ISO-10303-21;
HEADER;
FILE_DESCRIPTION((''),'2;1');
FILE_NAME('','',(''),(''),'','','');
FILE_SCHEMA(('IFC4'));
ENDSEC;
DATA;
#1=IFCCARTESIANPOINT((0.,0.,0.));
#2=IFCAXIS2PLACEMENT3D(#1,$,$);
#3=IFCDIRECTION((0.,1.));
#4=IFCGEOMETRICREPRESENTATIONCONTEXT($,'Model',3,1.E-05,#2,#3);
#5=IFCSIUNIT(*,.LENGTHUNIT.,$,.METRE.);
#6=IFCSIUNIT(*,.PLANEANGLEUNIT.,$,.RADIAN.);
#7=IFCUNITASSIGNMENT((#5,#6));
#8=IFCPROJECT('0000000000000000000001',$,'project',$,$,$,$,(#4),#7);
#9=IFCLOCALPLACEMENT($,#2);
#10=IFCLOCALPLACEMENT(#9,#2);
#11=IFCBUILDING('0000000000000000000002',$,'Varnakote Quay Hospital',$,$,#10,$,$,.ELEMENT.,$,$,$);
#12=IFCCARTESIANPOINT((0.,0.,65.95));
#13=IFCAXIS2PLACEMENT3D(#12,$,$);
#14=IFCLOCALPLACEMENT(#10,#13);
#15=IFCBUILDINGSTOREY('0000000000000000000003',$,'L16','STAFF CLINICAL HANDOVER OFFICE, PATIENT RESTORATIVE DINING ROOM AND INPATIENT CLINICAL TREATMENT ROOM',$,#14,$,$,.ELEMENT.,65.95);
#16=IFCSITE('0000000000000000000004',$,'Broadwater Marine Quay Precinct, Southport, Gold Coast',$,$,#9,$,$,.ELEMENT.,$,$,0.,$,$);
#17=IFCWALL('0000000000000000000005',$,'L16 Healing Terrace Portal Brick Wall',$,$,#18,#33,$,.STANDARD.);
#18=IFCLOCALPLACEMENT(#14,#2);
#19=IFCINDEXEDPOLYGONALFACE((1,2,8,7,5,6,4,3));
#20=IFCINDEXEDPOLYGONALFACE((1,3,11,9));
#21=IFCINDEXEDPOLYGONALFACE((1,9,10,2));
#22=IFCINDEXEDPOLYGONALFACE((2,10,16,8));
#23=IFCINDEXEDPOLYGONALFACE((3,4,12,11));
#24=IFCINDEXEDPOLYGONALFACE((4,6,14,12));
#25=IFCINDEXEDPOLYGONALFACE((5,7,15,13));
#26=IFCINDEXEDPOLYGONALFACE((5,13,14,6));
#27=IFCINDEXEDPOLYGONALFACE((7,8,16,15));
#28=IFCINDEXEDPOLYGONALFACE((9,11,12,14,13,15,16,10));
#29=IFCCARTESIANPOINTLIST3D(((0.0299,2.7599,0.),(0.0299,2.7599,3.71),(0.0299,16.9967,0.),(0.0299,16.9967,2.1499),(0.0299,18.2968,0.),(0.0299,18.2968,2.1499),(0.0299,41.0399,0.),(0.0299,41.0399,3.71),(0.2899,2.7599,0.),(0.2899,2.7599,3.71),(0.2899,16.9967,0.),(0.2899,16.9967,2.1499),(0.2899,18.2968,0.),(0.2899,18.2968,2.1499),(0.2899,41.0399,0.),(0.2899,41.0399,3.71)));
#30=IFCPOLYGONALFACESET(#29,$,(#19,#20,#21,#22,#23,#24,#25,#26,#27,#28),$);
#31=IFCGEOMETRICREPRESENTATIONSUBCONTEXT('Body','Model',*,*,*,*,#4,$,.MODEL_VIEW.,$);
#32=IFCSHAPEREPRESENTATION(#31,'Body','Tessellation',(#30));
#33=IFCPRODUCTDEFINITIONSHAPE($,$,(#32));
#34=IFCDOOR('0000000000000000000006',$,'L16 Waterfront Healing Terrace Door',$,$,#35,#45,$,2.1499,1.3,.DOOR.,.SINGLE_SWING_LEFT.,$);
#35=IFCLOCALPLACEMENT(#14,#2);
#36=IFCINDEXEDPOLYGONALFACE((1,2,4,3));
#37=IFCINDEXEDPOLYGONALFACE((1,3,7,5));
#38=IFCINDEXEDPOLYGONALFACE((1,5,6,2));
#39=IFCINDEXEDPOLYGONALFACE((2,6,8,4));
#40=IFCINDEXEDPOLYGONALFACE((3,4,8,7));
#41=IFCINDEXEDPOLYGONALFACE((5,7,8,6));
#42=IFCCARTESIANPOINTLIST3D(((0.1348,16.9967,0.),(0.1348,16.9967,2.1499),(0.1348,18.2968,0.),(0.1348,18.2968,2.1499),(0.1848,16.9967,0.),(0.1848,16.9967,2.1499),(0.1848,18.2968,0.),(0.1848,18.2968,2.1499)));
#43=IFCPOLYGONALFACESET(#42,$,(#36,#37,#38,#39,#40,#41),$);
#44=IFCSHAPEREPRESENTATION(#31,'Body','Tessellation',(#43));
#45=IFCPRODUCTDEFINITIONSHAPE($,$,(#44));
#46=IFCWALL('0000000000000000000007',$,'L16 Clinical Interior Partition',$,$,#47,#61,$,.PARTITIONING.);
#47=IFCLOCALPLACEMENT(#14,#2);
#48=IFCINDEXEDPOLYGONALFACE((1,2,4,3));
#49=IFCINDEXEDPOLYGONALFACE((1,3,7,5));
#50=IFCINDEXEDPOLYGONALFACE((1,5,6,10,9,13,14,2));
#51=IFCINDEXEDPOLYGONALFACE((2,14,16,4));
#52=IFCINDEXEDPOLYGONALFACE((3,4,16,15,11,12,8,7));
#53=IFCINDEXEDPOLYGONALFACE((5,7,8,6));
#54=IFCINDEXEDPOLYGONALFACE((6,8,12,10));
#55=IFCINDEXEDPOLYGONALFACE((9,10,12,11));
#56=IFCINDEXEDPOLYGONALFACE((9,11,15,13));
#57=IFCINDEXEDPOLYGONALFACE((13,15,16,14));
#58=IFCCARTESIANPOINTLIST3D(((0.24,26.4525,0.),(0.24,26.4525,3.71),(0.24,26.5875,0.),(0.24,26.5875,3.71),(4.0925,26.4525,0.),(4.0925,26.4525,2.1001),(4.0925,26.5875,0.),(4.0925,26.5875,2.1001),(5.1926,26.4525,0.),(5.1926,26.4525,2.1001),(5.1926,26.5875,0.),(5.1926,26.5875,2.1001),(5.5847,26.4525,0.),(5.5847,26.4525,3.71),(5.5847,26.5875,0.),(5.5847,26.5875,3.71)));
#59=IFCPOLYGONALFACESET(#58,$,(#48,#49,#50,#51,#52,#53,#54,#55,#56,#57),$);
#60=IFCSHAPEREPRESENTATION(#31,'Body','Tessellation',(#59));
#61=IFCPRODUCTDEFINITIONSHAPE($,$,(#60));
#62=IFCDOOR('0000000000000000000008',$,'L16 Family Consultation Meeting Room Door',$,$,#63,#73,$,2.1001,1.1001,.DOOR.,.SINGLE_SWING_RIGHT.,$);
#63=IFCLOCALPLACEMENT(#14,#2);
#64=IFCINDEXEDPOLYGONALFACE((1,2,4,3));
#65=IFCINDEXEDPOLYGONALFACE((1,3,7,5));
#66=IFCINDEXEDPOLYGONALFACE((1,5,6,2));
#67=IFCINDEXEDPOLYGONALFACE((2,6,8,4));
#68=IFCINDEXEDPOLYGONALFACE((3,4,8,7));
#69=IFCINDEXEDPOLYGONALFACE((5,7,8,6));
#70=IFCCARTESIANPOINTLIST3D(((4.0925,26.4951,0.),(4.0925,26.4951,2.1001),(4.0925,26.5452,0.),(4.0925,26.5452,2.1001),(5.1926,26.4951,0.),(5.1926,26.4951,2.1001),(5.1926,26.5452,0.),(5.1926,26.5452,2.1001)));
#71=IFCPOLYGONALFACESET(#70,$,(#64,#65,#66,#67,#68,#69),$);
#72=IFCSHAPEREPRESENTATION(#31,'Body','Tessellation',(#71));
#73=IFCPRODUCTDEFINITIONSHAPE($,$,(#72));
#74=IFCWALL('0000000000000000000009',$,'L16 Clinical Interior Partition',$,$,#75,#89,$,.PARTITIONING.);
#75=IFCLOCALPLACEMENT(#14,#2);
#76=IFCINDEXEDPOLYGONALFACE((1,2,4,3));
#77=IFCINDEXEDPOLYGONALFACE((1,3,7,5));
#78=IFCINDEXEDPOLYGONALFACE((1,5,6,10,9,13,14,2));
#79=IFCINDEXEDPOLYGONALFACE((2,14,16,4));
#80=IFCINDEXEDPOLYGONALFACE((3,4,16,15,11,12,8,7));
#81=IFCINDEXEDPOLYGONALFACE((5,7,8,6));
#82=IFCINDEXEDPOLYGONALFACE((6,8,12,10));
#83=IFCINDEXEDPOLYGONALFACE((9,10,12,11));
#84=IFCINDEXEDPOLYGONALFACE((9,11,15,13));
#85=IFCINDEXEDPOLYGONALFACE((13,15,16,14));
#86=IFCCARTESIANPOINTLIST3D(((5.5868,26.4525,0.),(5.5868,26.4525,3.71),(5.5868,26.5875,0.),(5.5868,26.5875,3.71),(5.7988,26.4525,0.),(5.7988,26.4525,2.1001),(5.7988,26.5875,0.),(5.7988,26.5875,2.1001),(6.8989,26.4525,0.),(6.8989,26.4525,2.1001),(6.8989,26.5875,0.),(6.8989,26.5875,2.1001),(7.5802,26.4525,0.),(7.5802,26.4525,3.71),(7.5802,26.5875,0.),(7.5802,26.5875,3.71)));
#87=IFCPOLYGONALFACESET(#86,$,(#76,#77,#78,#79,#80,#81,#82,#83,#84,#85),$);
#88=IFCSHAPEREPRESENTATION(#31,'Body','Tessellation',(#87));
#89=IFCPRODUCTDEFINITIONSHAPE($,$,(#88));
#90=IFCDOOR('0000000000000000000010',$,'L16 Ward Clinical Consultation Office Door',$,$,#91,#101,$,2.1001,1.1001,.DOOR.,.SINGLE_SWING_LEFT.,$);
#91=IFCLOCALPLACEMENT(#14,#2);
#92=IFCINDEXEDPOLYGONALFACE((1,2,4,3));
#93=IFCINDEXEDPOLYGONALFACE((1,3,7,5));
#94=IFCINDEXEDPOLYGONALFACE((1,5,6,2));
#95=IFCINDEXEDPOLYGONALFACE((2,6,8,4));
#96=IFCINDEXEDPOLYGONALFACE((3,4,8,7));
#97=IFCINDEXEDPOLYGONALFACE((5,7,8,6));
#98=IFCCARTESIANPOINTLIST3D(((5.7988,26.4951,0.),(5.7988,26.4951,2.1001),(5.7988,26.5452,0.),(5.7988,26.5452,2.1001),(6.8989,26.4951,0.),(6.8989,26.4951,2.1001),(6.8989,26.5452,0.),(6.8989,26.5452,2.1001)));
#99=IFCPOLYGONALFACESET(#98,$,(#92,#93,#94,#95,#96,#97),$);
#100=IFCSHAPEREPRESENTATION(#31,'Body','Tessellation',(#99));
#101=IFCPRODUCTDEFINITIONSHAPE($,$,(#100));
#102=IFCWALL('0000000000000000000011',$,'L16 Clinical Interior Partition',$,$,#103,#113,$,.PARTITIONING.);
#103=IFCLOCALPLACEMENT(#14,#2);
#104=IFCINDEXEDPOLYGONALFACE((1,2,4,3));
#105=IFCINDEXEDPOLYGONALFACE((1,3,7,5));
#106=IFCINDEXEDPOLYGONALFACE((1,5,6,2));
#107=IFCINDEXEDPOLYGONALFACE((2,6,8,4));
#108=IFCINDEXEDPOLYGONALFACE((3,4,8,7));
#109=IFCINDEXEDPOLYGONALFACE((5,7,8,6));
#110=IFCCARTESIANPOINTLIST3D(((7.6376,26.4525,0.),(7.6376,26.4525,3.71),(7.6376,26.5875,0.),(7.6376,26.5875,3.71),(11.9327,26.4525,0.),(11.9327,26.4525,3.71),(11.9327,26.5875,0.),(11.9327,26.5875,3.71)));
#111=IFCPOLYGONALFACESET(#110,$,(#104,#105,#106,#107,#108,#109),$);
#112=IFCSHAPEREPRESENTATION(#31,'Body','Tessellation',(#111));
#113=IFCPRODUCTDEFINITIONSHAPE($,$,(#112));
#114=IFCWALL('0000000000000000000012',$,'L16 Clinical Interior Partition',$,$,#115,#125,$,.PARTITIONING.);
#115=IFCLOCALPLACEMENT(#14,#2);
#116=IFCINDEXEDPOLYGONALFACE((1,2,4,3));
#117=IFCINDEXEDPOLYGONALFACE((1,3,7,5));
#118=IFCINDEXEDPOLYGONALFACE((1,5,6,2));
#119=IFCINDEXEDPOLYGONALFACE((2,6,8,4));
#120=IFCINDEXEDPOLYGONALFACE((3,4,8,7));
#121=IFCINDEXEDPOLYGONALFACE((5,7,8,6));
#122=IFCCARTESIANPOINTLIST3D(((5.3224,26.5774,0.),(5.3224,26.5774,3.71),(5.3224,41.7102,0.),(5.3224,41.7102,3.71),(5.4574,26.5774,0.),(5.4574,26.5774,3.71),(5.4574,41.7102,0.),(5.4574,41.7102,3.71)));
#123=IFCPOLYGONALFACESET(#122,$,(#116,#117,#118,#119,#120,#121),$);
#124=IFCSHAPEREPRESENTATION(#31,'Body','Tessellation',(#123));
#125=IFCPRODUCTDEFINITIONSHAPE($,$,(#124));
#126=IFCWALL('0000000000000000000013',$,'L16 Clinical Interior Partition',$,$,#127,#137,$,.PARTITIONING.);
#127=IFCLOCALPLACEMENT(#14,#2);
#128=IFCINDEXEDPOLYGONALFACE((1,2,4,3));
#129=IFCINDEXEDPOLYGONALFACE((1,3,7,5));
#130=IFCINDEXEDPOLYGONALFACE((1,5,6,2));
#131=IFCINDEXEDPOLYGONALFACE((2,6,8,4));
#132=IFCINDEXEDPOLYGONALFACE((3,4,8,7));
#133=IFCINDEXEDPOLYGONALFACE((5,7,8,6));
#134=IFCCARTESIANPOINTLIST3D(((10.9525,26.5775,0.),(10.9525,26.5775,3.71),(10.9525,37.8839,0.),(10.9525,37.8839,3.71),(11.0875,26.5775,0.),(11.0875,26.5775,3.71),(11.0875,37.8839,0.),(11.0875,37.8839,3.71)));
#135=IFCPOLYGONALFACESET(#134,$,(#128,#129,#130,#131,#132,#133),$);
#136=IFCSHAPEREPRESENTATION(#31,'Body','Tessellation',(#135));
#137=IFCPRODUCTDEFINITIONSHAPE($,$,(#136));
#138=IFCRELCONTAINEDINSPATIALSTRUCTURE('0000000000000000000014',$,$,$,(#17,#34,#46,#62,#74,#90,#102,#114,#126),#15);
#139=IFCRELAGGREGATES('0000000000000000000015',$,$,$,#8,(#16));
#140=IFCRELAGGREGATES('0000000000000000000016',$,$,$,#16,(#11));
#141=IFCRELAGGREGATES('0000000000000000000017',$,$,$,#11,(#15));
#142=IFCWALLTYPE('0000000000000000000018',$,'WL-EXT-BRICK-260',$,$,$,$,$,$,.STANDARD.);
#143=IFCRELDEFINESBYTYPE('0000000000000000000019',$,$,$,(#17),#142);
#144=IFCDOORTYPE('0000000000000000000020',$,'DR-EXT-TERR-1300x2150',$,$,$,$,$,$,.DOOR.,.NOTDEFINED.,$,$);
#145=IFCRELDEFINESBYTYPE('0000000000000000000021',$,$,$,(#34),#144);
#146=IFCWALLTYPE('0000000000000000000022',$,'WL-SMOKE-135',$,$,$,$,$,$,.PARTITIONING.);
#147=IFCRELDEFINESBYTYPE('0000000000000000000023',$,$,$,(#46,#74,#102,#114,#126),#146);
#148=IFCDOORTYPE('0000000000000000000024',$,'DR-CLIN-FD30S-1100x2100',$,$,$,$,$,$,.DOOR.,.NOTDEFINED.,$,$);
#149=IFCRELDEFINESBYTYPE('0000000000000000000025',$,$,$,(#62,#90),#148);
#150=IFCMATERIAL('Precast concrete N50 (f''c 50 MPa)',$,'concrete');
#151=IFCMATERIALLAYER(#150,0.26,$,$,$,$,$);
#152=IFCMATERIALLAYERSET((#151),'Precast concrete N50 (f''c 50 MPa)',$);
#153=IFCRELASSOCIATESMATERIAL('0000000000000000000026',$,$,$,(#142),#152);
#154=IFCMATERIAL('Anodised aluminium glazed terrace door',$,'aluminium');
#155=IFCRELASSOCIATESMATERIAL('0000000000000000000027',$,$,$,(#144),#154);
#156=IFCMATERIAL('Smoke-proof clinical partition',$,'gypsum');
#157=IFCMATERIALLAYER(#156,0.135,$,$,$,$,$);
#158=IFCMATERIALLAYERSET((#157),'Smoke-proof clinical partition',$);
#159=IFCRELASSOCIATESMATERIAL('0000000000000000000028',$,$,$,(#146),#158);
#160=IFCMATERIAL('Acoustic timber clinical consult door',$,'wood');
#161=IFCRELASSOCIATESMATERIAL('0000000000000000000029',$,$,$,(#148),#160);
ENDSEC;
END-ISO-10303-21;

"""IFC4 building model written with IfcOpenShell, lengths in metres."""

from ifc_helpers import new_model, si_unit, direction, frame, frame_2d, origin, place, context, subcontext, project, spatial, rectangle, extrude, material, layer, layer_set, type_object, element, fill, save


model = new_model("IFC4")

# Units and contexts
model_context = context("Model", 3, precision=1e-05, world=origin(), true_north=direction((0.0, 1.0)))
body_context = subcontext(model_context, "Body", "Model", "MODEL_VIEW")
ifc_project = project(units=[si_unit("LENGTHUNIT", "METRE"), si_unit("PLANEANGLEUNIT", "RADIAN")], contexts=[model_context])

# Site, building, storey
site_placement = place(None, origin())
site = spatial("IfcSite", under=ifc_project, at=site_placement, Name="Broadwater Marine Quay Precinct, Southport, Gold Coast", CompositionType="ELEMENT", RefElevation=0.0)
building_placement = place(site_placement, origin())
building = spatial("IfcBuilding", under=site, at=building_placement, Name="Varnakote Quay Hospital", CompositionType="ELEMENT")
storey_placement = place(building_placement, frame((0.0, 0.0, 65.95)))
storey = spatial("IfcBuildingStorey", under=building, at=storey_placement, Name="L16", Description="STAFF CLINICAL HANDOVER OFFICE, PATIENT RESTORATIVE DINING ROOM AND INPATIENT CLINICAL TREATMENT ROOM", CompositionType="ELEMENT", Elevation=65.95)

# Shared definitions
ifc_material_1 = material(Name="Precast concrete N50 (f'c 50 MPa)", Category="concrete")
ifc_layer_1 = layer(ifc_material_1, 0.26)
ifc_layer_set_1 = layer_set([ifc_layer_1], Name="Precast concrete N50 (f'c 50 MPa)")
wall_type_1 = type_object("IfcWallType", Name="WL-EXT-BRICK-260", PredefinedType="STANDARD", material=ifc_layer_set_1)

# Walls, openings, doors
wall_1_placement = place(storey_placement, frame((0.1599, 41.04, 0.0), z_axis=(0.0, 0.0, 1.0), x_axis=(0.0, -1.0, 0.0)))
wall_1 = element("IfcWall", 1, at=wall_1_placement, inside=storey, type_object=wall_type_1, Name="L16 Healing Terrace Portal Brick Wall", PredefinedType="STANDARD", context=body_context, shape_type="SweptSolid", body=[
    extrude(rectangle(XDim=38.28, YDim=0.26, at=frame_2d((19.1401, 0.0))), origin(), (0.0, 0.0, 1.0), 3.71),
])
opening_1_placement = place(wall_1_placement, frame((22.7434, 0.0, 0.0)))
opening_1 = element("IfcOpeningElement", 2, at=opening_1_placement, cuts=wall_1, PredefinedType="OPENING", context=body_context, shape_type="SweptSolid", body=[
    extrude(rectangle(XDim=1.3, YDim=2.1499, at=frame_2d((0.6499, 1.075))), frame((0.0, 0.1399, 0.0), z_axis=(0.0, -1.0, 0.0), x_axis=(1.0, 0.0, 0.0)), (0.0, 0.0, 1.0), 0.28),
])
ifc_material_2 = material(Name="Anodised aluminium glazed terrace door", Category="aluminium")
door_type_1 = type_object("IfcDoorType", Name="DR-EXT-TERR-1300x2150", OperationType="NOTDEFINED", PredefinedType="DOOR", material=ifc_material_2)
door_1_placement = place(opening_1_placement, origin())
door_1 = element("IfcDoor", 3, at=door_1_placement, inside=storey, type_object=door_type_1, Name="L16 Waterfront Healing Terrace Door", OperationType="SINGLE_SWING_LEFT", OverallHeight=2.1499, OverallWidth=1.3, PredefinedType="DOOR", context=body_context, shape_type="SweptSolid", body=[
    extrude(rectangle(XDim=1.3, YDim=2.1499, at=frame_2d((0.6499, 1.075))), frame((0.0, 0.0249, 0.0), z_axis=(0.0, -1.0, 0.0), x_axis=(1.0, 0.0, 0.0)), (0.0, 0.0, 1.0), 0.05),
])
fill(opening_1, door_1)
ifc_material_3 = material(Name="Smoke-proof clinical partition", Category="gypsum")
ifc_layer_2 = layer(ifc_material_3, 0.135)
ifc_layer_set_2 = layer_set([ifc_layer_2], Name="Smoke-proof clinical partition")
wall_type_2 = type_object("IfcWallType", Name="WL-SMOKE-135", PredefinedType="PARTITIONING", material=ifc_layer_set_2)
wall_2_placement = place(storey_placement, frame((5.5847, 26.52, 0.0), z_axis=(0.0, 0.0, 1.0), x_axis=(-1.0, 0.0, 0.0)))
wall_2 = element("IfcWall", 4, at=wall_2_placement, inside=storey, type_object=wall_type_2, Name="L16 Clinical Interior Partition", PredefinedType="PARTITIONING", context=body_context, shape_type="SweptSolid", body=[
    extrude(rectangle(XDim=5.3447, YDim=0.135, at=frame_2d((2.6724, 0.0))), origin(), (0.0, 0.0, 1.0), 3.71),
])
opening_2_placement = place(wall_2_placement, frame((0.3921, 0.0, 0.0)))
opening_2 = element("IfcOpeningElement", 5, at=opening_2_placement, cuts=wall_2, PredefinedType="OPENING", context=body_context, shape_type="SweptSolid", body=[
    extrude(rectangle(XDim=1.1001, YDim=2.1001, at=frame_2d((0.55, 1.05))), frame((0.0, 0.0774, 0.0), z_axis=(0.0, -1.0, 0.0), x_axis=(1.0, 0.0, 0.0)), (0.0, 0.0, 1.0), 0.155),
])
ifc_material_4 = material(Name="Acoustic timber clinical consult door", Category="wood")
door_type_2 = type_object("IfcDoorType", Name="DR-CLIN-FD30S-1100x2100", OperationType="NOTDEFINED", PredefinedType="DOOR", material=ifc_material_4)
door_2_placement = place(opening_2_placement, origin())
door_2 = element("IfcDoor", 6, at=door_2_placement, inside=storey, type_object=door_type_2, Name="L16 Family Consultation Meeting Room Door", OperationType="SINGLE_SWING_RIGHT", OverallHeight=2.1001, OverallWidth=1.1001, PredefinedType="DOOR", context=body_context, shape_type="SweptSolid", body=[
    extrude(rectangle(XDim=1.1001, YDim=2.1001, at=frame_2d((0.55, 1.05))), frame((0.0, 0.0249, 0.0), z_axis=(0.0, -1.0, 0.0), x_axis=(1.0, 0.0, 0.0)), (0.0, 0.0, 1.0), 0.05),
])
fill(opening_2, door_2)
wall_3_placement = place(storey_placement, frame((7.5801, 26.52, 0.0), z_axis=(0.0, 0.0, 1.0), x_axis=(-1.0, 0.0, 0.0)))
wall_3 = element("IfcWall", 7, at=wall_3_placement, inside=storey, type_object=wall_type_2, Name="L16 Clinical Interior Partition", PredefinedType="PARTITIONING", context=body_context, shape_type="SweptSolid", body=[
    extrude(rectangle(XDim=1.9934, YDim=0.135, at=frame_2d((0.9966, 0.0))), origin(), (0.0, 0.0, 1.0), 3.71),
])
opening_3_placement = place(wall_3_placement, frame((0.6812, 0.0, 0.0)))
opening_3 = element("IfcOpeningElement", 8, at=opening_3_placement, cuts=wall_3, PredefinedType="OPENING", context=body_context, shape_type="SweptSolid", body=[
    extrude(rectangle(XDim=1.1001, YDim=2.1001, at=frame_2d((0.55, 1.05))), frame((0.0, 0.0774, 0.0), z_axis=(0.0, -1.0, 0.0), x_axis=(1.0, 0.0, 0.0)), (0.0, 0.0, 1.0), 0.155),
])
door_3_placement = place(opening_3_placement, origin())
door_3 = element("IfcDoor", 9, at=door_3_placement, inside=storey, type_object=door_type_2, Name="L16 Ward Clinical Consultation Office Door", OperationType="SINGLE_SWING_LEFT", OverallHeight=2.1001, OverallWidth=1.1001, PredefinedType="DOOR", context=body_context, shape_type="SweptSolid", body=[
    extrude(rectangle(XDim=1.1001, YDim=2.1001, at=frame_2d((0.55, 1.05))), frame((0.0, 0.0249, 0.0), z_axis=(0.0, -1.0, 0.0), x_axis=(1.0, 0.0, 0.0)), (0.0, 0.0, 1.0), 0.05),
])
fill(opening_3, door_3)

# Walls
wall_4_placement = place(storey_placement, frame((11.9326, 26.52, 0.0), z_axis=(0.0, 0.0, 1.0), x_axis=(-1.0, 0.0, 0.0)))
element("IfcWall", 10, at=wall_4_placement, inside=storey, type_object=wall_type_2, Name="L16 Clinical Interior Partition", PredefinedType="PARTITIONING", context=body_context, shape_type="SweptSolid", body=[
    extrude(rectangle(XDim=4.2952, YDim=0.135, at=frame_2d((2.1475, 0.0))), origin(), (0.0, 0.0, 1.0), 3.71),
])
wall_5_placement = place(storey_placement, frame((5.3899, 26.5774, 0.0), z_axis=(0.0, 0.0, 1.0), x_axis=(0.0, 1.0, 0.0)))
element("IfcWall", 11, at=wall_5_placement, inside=storey, type_object=wall_type_2, Name="L16 Clinical Interior Partition", PredefinedType="PARTITIONING", context=body_context, shape_type="SweptSolid", body=[
    extrude(rectangle(XDim=15.1328, YDim=0.135, at=frame_2d((7.5664, 0.0))), origin(), (0.0, 0.0, 1.0), 3.71),
])
wall_6_placement = place(storey_placement, frame((11.02, 26.5774, 0.0), z_axis=(0.0, 0.0, 1.0), x_axis=(0.0, 1.0, 0.0)))
element("IfcWall", 12, at=wall_6_placement, inside=storey, type_object=wall_type_2, Name="L16 Clinical Interior Partition", PredefinedType="PARTITIONING", context=body_context, shape_type="SweptSolid", body=[
    extrude(rectangle(XDim=11.3064, YDim=0.135, at=frame_2d((5.6533, 0.0))), origin(), (0.0, 0.0, 1.0), 3.71),
])

save(model, "model.ifc")
